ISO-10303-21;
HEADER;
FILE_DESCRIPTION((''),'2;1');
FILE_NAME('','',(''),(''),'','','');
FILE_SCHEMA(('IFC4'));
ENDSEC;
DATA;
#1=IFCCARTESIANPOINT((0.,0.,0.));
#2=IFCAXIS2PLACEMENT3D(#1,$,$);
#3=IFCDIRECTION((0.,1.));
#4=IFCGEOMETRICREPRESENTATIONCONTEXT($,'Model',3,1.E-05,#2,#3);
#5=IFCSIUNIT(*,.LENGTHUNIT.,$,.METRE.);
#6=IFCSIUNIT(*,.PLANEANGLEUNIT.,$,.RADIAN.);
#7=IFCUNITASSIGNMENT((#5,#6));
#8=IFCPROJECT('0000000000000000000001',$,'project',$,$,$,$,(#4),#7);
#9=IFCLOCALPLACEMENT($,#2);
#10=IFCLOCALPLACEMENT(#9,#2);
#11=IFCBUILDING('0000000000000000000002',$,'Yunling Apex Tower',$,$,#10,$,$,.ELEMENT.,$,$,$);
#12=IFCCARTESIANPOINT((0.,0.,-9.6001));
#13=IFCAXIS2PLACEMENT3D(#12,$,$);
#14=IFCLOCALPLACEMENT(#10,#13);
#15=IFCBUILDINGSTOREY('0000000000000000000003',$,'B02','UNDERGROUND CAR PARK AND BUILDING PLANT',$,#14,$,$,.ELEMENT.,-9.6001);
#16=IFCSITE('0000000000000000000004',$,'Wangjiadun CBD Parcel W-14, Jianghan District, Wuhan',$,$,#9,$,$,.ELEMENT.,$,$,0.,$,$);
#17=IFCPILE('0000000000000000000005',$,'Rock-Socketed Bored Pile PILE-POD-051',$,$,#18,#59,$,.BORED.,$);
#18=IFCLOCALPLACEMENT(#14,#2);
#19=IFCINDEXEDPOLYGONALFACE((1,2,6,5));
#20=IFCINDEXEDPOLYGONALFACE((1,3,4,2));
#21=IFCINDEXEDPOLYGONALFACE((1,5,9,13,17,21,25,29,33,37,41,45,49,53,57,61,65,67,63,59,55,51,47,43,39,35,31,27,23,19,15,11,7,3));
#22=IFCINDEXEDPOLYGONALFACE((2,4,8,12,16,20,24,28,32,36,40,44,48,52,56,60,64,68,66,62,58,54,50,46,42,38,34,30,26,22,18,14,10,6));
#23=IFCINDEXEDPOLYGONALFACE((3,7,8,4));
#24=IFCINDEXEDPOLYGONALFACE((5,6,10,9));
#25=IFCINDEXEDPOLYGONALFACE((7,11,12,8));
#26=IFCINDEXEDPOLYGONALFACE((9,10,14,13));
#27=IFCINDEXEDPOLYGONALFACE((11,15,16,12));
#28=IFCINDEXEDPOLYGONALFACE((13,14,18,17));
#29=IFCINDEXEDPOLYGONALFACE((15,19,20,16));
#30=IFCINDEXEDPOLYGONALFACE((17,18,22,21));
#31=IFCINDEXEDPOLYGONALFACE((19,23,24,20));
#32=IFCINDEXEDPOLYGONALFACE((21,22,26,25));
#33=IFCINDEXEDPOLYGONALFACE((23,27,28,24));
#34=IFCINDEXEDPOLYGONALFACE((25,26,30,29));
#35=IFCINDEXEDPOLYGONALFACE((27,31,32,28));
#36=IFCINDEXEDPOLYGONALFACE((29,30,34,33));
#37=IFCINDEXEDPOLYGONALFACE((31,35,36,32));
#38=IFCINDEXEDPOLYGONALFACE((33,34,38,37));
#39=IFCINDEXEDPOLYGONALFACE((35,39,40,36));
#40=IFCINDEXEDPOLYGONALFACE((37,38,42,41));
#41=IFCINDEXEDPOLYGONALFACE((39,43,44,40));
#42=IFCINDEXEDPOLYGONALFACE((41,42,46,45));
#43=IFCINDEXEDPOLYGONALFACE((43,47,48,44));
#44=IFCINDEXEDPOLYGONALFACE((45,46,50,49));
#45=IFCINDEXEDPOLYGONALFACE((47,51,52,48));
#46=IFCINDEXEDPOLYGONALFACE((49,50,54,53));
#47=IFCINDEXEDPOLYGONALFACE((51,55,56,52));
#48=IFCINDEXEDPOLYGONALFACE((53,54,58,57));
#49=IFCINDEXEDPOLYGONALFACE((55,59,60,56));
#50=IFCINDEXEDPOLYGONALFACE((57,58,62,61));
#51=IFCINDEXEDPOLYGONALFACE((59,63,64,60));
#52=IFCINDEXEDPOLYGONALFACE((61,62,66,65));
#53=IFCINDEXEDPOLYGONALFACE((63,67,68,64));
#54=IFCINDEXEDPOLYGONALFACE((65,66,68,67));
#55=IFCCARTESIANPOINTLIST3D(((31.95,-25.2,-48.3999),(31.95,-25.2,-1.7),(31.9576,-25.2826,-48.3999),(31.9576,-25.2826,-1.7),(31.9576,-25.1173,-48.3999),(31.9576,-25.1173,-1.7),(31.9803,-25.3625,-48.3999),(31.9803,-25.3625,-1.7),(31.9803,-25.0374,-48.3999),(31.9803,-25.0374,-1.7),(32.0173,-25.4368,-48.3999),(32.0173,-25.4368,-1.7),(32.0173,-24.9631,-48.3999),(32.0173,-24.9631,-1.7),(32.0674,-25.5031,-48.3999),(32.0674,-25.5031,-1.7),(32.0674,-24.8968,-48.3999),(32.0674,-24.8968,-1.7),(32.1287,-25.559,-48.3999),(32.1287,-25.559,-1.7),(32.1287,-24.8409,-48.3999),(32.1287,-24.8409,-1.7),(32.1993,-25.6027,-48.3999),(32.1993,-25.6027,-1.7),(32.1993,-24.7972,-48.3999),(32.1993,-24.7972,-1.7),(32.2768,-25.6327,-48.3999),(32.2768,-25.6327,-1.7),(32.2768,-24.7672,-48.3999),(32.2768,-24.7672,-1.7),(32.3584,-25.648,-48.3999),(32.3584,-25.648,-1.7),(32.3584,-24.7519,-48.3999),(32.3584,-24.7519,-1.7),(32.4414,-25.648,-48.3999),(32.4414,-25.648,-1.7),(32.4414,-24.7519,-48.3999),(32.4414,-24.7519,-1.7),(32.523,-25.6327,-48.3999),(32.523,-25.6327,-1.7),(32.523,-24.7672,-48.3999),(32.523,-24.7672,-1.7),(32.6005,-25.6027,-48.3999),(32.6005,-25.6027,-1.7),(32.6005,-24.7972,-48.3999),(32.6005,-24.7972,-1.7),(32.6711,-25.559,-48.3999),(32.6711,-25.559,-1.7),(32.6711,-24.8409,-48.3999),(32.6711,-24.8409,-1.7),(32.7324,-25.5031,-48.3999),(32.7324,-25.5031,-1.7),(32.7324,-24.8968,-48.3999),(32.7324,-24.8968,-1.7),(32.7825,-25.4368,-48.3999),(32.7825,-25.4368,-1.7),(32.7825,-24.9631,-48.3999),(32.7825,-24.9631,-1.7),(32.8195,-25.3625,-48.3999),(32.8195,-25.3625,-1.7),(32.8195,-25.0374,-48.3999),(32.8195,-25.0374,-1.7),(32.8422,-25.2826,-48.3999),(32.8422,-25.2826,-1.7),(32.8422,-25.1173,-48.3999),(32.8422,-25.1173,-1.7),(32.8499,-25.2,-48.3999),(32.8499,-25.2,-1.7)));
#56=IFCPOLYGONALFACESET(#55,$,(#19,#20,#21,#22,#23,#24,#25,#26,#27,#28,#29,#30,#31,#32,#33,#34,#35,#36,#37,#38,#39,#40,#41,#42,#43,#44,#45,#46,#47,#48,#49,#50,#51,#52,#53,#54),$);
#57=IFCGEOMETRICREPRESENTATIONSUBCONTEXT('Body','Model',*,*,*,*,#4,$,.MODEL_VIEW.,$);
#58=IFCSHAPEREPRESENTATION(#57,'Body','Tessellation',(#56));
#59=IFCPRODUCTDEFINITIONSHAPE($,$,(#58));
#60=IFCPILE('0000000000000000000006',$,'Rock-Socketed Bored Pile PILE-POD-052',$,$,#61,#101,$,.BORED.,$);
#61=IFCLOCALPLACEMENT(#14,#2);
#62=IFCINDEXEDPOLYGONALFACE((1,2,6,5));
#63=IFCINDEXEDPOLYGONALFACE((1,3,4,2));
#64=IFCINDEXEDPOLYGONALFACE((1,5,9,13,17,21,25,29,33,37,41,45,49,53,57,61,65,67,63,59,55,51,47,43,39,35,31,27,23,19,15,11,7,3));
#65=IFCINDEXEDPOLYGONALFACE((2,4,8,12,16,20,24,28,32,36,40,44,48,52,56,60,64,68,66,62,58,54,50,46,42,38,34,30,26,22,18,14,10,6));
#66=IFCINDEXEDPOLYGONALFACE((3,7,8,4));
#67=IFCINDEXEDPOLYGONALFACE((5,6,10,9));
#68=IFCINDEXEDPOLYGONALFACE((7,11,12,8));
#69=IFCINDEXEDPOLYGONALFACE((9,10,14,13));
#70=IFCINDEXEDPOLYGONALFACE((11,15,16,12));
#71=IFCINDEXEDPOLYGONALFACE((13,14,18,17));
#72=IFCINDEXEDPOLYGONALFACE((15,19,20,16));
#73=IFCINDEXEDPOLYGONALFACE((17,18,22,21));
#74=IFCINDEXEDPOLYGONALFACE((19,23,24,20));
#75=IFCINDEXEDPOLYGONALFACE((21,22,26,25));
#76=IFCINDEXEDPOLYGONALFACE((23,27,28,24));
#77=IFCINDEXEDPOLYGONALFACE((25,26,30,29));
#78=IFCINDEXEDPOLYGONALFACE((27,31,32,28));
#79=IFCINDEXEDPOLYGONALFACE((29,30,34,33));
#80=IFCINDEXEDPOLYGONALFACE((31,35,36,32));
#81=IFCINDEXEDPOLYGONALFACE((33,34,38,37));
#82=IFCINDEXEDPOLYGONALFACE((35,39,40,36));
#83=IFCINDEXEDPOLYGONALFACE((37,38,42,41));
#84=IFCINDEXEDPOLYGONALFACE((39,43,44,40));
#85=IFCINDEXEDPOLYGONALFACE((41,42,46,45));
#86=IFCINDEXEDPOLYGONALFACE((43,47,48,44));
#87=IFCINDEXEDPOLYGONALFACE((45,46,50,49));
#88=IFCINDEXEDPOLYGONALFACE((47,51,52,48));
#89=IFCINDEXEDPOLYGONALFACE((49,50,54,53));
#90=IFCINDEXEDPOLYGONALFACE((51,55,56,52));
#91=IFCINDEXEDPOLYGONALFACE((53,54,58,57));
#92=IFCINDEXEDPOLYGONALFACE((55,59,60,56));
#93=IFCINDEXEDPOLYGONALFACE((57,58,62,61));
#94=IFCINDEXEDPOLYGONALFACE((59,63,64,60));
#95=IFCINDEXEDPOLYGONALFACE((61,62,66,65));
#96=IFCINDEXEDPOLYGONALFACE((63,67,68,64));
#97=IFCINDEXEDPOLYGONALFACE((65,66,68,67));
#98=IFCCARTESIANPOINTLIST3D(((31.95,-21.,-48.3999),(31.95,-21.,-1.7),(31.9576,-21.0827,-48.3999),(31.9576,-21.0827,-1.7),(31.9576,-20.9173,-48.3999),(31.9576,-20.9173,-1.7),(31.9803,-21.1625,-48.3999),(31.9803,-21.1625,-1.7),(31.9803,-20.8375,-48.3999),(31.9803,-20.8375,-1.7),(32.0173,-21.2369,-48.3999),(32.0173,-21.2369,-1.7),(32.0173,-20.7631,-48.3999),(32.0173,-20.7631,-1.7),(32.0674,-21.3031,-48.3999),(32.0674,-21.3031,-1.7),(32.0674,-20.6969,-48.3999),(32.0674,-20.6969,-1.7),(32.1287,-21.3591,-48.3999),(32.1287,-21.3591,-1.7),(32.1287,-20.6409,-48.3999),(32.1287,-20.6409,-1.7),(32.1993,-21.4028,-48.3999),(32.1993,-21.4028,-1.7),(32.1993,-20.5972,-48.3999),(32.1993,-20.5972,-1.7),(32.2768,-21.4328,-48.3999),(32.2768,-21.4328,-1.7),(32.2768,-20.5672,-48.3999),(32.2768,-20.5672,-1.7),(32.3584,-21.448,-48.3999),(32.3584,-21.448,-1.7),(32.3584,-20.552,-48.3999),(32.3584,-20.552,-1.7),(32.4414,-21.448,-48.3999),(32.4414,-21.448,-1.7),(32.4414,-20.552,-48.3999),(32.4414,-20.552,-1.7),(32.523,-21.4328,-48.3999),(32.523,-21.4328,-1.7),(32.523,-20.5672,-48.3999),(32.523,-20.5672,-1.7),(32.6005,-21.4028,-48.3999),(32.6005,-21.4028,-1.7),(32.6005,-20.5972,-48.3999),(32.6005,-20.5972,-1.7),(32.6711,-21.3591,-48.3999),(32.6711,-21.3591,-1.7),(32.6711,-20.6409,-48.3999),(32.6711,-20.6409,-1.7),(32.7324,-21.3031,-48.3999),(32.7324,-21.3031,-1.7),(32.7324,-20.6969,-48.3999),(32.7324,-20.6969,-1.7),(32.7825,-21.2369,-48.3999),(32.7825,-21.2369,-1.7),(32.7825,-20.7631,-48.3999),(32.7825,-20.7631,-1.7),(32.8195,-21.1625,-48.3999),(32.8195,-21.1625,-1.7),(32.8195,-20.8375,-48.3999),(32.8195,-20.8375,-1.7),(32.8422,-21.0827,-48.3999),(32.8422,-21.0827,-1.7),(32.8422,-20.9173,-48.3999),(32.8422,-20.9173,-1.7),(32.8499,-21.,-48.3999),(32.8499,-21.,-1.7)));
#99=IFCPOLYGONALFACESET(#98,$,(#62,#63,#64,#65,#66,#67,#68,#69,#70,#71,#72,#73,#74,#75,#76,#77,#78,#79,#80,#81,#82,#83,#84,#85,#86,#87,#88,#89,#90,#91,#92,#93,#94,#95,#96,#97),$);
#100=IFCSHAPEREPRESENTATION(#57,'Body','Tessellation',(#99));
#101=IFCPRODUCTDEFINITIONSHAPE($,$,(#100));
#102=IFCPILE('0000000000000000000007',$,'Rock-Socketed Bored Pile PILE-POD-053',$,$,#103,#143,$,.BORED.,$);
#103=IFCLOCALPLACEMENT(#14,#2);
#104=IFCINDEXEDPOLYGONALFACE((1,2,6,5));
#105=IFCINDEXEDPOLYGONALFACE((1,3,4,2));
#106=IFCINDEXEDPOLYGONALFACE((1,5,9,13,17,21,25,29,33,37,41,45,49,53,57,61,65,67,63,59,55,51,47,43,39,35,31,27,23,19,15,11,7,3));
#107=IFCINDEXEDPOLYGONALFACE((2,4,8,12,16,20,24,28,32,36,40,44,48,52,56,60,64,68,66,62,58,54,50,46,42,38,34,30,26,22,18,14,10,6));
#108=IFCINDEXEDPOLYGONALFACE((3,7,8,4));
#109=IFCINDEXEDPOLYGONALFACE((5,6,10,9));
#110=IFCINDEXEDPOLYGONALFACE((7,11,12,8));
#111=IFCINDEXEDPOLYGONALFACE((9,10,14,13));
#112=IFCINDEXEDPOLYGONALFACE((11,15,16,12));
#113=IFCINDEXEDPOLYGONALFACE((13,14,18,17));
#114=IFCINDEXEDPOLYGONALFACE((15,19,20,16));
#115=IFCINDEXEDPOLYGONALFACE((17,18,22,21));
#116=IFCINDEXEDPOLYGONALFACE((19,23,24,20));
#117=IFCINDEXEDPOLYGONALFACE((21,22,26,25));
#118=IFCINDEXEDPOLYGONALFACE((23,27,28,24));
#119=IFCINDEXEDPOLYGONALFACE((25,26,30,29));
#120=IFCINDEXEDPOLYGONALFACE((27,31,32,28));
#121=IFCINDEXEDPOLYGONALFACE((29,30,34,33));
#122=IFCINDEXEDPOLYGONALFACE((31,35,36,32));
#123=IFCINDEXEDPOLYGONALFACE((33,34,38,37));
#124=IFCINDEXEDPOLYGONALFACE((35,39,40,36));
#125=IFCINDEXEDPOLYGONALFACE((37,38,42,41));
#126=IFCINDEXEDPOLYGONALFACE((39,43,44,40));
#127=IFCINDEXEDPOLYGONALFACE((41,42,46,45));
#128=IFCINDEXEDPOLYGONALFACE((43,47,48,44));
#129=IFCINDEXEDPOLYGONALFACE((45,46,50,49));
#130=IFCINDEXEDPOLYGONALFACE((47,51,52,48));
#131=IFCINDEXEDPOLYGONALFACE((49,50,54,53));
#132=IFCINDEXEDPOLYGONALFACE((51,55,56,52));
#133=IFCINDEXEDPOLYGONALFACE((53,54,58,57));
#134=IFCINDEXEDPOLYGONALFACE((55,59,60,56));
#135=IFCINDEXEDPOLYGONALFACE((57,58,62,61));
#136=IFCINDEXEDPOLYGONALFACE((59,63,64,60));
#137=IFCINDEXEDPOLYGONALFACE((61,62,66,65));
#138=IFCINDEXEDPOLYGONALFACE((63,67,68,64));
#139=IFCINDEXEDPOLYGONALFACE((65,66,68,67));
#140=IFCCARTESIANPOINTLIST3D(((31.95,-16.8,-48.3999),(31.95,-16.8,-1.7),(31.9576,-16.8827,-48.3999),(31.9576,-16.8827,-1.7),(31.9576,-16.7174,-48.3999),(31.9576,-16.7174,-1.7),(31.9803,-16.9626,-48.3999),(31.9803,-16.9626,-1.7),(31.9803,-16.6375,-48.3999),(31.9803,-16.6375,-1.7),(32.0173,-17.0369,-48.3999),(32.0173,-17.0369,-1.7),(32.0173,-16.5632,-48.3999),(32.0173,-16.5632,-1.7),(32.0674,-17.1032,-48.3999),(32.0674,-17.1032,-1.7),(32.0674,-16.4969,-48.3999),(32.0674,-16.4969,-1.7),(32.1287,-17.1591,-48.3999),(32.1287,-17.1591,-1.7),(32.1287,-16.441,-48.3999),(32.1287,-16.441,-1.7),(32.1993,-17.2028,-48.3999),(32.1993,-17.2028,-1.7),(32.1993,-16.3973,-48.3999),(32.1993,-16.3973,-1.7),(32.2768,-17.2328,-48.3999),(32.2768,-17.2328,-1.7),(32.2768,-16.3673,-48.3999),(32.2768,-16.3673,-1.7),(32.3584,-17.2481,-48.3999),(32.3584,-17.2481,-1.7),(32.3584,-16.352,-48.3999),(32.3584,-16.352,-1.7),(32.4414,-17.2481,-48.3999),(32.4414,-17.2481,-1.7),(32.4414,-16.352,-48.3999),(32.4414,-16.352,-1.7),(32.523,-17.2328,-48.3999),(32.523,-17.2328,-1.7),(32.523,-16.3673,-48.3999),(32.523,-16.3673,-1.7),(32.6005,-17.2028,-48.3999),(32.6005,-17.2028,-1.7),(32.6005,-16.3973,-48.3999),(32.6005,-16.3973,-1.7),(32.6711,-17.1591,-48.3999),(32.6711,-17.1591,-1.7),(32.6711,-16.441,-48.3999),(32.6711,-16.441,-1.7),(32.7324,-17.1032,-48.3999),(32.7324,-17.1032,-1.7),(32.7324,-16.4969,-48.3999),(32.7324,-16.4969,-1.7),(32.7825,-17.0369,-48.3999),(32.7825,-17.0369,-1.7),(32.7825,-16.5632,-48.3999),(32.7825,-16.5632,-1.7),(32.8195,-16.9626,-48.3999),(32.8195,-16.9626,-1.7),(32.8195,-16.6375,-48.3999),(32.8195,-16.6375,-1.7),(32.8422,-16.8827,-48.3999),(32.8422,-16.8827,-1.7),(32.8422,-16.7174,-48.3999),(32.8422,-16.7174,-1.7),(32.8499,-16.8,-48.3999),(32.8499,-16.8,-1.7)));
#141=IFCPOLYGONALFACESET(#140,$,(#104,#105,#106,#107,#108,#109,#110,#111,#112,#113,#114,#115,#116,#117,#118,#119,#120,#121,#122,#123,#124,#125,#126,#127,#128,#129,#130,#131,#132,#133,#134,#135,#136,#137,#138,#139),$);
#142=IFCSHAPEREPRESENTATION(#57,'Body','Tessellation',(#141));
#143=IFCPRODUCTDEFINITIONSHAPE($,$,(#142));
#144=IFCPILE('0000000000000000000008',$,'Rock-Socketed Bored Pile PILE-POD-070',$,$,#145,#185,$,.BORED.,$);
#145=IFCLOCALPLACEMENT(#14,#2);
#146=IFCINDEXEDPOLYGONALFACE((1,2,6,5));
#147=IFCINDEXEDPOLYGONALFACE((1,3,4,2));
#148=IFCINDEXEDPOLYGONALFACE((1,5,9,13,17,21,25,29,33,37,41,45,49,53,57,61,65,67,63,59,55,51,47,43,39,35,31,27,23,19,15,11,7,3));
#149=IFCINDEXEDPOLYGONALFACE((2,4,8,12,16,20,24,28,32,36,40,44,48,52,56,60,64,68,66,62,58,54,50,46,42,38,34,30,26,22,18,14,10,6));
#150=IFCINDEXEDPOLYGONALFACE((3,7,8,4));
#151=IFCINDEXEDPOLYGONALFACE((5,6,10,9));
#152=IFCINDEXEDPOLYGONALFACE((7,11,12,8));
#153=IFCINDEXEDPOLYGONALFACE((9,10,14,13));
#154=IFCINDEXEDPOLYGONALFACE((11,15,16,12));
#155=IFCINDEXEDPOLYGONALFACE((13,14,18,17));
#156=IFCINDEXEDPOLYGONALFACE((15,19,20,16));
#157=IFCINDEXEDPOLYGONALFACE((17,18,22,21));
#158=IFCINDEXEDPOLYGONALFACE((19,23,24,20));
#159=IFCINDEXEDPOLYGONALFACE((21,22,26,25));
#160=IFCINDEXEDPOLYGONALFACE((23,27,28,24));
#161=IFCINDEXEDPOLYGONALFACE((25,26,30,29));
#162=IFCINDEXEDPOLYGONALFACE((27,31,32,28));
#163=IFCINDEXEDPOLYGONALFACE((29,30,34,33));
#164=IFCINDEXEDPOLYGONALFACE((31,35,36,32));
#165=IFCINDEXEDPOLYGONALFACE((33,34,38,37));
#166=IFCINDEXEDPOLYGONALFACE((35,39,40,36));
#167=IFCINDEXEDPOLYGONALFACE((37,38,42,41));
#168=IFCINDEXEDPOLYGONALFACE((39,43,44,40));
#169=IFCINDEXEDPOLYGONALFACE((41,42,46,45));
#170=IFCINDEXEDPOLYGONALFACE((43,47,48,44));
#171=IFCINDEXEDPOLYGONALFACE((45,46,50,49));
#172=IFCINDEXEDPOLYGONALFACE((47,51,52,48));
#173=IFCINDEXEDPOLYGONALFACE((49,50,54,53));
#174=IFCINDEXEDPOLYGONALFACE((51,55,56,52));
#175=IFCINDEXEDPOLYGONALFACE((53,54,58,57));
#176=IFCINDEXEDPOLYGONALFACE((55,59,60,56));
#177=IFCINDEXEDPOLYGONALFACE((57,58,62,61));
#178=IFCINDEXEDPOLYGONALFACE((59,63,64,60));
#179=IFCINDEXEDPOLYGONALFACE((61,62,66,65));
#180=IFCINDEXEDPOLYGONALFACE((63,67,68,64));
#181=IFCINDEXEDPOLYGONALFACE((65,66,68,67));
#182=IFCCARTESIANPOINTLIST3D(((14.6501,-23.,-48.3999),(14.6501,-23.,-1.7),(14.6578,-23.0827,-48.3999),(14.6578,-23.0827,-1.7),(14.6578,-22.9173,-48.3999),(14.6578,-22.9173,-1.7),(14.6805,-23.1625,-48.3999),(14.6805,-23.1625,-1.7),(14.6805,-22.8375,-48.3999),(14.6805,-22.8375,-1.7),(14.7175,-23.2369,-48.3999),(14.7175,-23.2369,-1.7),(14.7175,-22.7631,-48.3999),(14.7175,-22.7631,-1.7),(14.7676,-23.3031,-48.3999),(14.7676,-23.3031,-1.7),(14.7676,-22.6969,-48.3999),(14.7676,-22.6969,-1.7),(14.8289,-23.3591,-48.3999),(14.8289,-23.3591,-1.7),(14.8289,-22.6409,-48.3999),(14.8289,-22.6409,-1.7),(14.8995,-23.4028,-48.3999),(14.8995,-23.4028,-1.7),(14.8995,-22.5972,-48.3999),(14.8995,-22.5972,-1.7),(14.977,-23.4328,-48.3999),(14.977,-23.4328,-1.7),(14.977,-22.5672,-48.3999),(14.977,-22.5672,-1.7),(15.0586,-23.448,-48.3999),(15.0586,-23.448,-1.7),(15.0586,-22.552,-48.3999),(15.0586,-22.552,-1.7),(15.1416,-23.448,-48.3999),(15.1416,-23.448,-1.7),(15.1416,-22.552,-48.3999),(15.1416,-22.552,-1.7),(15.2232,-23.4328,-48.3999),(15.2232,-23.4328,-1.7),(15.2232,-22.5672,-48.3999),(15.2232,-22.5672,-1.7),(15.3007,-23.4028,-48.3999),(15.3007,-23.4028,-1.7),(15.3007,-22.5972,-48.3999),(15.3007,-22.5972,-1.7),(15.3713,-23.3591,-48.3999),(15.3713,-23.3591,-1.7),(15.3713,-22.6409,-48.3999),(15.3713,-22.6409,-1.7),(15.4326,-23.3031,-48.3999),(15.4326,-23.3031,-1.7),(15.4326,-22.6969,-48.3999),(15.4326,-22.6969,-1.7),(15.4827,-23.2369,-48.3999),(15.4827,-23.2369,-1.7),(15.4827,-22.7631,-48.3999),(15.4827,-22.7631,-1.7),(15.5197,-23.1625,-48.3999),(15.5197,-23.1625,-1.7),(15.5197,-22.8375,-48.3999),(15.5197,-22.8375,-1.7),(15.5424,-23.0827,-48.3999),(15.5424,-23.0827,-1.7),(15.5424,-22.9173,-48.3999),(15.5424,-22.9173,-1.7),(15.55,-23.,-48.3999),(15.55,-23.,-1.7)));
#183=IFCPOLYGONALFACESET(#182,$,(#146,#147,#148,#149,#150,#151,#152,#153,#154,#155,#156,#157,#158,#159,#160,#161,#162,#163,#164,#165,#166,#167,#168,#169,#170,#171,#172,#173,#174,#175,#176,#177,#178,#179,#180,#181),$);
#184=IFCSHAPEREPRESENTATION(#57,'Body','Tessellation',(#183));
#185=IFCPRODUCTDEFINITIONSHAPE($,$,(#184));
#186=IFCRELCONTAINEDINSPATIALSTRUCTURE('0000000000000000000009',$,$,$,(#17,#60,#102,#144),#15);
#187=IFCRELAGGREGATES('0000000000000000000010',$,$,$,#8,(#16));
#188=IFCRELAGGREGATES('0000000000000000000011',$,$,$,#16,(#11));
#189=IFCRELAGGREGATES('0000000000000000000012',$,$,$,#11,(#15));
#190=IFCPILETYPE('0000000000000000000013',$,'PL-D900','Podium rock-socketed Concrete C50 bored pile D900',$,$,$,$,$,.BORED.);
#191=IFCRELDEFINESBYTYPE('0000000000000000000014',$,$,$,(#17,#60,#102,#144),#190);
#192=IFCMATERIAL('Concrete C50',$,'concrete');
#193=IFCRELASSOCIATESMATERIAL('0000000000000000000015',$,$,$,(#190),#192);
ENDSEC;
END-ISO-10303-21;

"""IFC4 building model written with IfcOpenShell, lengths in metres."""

from ifc_helpers import new_model, si_unit, direction, frame, origin, origin_2d, place, context, subcontext, project, spatial, circle, extrude, source, transform, mapped, material, material_profile, profile_set, type_object, element, save


model = new_model("IFC4")

# Units and contexts
model_context = context("Model", 3, precision=1e-05, world=origin(), true_north=direction((0.0, 1.0)))
body_context = subcontext(model_context, "Body", "Model", "MODEL_VIEW")
ifc_project = project(units=[si_unit("LENGTHUNIT", "METRE"), si_unit("PLANEANGLEUNIT", "RADIAN")], contexts=[model_context])

# Site, building, storey
site_placement = place(None, origin())
site = spatial("IfcSite", under=ifc_project, at=site_placement, Name="Wangjiadun CBD Parcel W-14, Jianghan District, Wuhan", CompositionType="ELEMENT", RefElevation=0.0)
building_placement = place(site_placement, origin())
building = spatial("IfcBuilding", under=site, at=building_placement, Name="Yunling Apex Tower", CompositionType="ELEMENT")
storey_placement = place(building_placement, frame((0.0, 0.0, -9.6001)))
storey = spatial("IfcBuildingStorey", under=building, at=storey_placement, Name="B02", Description="UNDERGROUND CAR PARK AND BUILDING PLANT", CompositionType="ELEMENT", Elevation=-9.6001)

# Shared definitions
ifc_material_1 = material(Name="Concrete C50", Category="concrete")

# Piles
ifc_material_profile_1 = material_profile(ifc_material_1, circle(Radius=0.45, at=origin_2d()))
ifc_profile_set_1 = profile_set([ifc_material_profile_1], Name="Concrete C50")
pile_type_1 = type_object("IfcPileType", Name="PL-D900", Description="Podium rock-socketed Concrete C50 bored pile D900", PredefinedType="BORED", material=ifc_profile_set_1)
shared_shape_1 = source(origin(), body_context, "Body", "SweptSolid", [
    extrude(circle(Radius=0.45, at=origin_2d()), origin(), (0.0, 0.0, 1.0), 46.7),
])
for number, where, z_axis, x_axis, name in (
    (1, (32.3999, -25.2, -1.7), (0.0, 0.0, -1.0), (1.0, 0.0, 0.0), "Rock-Socketed Bored Pile PILE-POD-051"),
    (2, (32.3999, -21.0, -1.7), (0.0, 0.0, -1.0), (1.0, 0.0, 0.0), "Rock-Socketed Bored Pile PILE-POD-052"),
    (3, (32.3999, -16.8, -1.7), (0.0, 0.0, -1.0), (1.0, 0.0, 0.0), "Rock-Socketed Bored Pile PILE-POD-053"),
    (4, (15.1001, -23.0, -1.7), (0.0, 0.0, -1.0), (1.0, 0.0, 0.0), "Rock-Socketed Bored Pile PILE-POD-070"),
):
    element("IfcPile", number, at=place(storey_placement, frame(where, z_axis=z_axis, x_axis=x_axis)), inside=storey, type_object=pile_type_1, Name=name, PredefinedType="BORED", context=body_context, shape_type="MappedRepresentation", body=[
        mapped(shared_shape_1, transform((0.0, 0.0, 0.0), scale=1.0)),
    ])

save(model, "model.ifc")
